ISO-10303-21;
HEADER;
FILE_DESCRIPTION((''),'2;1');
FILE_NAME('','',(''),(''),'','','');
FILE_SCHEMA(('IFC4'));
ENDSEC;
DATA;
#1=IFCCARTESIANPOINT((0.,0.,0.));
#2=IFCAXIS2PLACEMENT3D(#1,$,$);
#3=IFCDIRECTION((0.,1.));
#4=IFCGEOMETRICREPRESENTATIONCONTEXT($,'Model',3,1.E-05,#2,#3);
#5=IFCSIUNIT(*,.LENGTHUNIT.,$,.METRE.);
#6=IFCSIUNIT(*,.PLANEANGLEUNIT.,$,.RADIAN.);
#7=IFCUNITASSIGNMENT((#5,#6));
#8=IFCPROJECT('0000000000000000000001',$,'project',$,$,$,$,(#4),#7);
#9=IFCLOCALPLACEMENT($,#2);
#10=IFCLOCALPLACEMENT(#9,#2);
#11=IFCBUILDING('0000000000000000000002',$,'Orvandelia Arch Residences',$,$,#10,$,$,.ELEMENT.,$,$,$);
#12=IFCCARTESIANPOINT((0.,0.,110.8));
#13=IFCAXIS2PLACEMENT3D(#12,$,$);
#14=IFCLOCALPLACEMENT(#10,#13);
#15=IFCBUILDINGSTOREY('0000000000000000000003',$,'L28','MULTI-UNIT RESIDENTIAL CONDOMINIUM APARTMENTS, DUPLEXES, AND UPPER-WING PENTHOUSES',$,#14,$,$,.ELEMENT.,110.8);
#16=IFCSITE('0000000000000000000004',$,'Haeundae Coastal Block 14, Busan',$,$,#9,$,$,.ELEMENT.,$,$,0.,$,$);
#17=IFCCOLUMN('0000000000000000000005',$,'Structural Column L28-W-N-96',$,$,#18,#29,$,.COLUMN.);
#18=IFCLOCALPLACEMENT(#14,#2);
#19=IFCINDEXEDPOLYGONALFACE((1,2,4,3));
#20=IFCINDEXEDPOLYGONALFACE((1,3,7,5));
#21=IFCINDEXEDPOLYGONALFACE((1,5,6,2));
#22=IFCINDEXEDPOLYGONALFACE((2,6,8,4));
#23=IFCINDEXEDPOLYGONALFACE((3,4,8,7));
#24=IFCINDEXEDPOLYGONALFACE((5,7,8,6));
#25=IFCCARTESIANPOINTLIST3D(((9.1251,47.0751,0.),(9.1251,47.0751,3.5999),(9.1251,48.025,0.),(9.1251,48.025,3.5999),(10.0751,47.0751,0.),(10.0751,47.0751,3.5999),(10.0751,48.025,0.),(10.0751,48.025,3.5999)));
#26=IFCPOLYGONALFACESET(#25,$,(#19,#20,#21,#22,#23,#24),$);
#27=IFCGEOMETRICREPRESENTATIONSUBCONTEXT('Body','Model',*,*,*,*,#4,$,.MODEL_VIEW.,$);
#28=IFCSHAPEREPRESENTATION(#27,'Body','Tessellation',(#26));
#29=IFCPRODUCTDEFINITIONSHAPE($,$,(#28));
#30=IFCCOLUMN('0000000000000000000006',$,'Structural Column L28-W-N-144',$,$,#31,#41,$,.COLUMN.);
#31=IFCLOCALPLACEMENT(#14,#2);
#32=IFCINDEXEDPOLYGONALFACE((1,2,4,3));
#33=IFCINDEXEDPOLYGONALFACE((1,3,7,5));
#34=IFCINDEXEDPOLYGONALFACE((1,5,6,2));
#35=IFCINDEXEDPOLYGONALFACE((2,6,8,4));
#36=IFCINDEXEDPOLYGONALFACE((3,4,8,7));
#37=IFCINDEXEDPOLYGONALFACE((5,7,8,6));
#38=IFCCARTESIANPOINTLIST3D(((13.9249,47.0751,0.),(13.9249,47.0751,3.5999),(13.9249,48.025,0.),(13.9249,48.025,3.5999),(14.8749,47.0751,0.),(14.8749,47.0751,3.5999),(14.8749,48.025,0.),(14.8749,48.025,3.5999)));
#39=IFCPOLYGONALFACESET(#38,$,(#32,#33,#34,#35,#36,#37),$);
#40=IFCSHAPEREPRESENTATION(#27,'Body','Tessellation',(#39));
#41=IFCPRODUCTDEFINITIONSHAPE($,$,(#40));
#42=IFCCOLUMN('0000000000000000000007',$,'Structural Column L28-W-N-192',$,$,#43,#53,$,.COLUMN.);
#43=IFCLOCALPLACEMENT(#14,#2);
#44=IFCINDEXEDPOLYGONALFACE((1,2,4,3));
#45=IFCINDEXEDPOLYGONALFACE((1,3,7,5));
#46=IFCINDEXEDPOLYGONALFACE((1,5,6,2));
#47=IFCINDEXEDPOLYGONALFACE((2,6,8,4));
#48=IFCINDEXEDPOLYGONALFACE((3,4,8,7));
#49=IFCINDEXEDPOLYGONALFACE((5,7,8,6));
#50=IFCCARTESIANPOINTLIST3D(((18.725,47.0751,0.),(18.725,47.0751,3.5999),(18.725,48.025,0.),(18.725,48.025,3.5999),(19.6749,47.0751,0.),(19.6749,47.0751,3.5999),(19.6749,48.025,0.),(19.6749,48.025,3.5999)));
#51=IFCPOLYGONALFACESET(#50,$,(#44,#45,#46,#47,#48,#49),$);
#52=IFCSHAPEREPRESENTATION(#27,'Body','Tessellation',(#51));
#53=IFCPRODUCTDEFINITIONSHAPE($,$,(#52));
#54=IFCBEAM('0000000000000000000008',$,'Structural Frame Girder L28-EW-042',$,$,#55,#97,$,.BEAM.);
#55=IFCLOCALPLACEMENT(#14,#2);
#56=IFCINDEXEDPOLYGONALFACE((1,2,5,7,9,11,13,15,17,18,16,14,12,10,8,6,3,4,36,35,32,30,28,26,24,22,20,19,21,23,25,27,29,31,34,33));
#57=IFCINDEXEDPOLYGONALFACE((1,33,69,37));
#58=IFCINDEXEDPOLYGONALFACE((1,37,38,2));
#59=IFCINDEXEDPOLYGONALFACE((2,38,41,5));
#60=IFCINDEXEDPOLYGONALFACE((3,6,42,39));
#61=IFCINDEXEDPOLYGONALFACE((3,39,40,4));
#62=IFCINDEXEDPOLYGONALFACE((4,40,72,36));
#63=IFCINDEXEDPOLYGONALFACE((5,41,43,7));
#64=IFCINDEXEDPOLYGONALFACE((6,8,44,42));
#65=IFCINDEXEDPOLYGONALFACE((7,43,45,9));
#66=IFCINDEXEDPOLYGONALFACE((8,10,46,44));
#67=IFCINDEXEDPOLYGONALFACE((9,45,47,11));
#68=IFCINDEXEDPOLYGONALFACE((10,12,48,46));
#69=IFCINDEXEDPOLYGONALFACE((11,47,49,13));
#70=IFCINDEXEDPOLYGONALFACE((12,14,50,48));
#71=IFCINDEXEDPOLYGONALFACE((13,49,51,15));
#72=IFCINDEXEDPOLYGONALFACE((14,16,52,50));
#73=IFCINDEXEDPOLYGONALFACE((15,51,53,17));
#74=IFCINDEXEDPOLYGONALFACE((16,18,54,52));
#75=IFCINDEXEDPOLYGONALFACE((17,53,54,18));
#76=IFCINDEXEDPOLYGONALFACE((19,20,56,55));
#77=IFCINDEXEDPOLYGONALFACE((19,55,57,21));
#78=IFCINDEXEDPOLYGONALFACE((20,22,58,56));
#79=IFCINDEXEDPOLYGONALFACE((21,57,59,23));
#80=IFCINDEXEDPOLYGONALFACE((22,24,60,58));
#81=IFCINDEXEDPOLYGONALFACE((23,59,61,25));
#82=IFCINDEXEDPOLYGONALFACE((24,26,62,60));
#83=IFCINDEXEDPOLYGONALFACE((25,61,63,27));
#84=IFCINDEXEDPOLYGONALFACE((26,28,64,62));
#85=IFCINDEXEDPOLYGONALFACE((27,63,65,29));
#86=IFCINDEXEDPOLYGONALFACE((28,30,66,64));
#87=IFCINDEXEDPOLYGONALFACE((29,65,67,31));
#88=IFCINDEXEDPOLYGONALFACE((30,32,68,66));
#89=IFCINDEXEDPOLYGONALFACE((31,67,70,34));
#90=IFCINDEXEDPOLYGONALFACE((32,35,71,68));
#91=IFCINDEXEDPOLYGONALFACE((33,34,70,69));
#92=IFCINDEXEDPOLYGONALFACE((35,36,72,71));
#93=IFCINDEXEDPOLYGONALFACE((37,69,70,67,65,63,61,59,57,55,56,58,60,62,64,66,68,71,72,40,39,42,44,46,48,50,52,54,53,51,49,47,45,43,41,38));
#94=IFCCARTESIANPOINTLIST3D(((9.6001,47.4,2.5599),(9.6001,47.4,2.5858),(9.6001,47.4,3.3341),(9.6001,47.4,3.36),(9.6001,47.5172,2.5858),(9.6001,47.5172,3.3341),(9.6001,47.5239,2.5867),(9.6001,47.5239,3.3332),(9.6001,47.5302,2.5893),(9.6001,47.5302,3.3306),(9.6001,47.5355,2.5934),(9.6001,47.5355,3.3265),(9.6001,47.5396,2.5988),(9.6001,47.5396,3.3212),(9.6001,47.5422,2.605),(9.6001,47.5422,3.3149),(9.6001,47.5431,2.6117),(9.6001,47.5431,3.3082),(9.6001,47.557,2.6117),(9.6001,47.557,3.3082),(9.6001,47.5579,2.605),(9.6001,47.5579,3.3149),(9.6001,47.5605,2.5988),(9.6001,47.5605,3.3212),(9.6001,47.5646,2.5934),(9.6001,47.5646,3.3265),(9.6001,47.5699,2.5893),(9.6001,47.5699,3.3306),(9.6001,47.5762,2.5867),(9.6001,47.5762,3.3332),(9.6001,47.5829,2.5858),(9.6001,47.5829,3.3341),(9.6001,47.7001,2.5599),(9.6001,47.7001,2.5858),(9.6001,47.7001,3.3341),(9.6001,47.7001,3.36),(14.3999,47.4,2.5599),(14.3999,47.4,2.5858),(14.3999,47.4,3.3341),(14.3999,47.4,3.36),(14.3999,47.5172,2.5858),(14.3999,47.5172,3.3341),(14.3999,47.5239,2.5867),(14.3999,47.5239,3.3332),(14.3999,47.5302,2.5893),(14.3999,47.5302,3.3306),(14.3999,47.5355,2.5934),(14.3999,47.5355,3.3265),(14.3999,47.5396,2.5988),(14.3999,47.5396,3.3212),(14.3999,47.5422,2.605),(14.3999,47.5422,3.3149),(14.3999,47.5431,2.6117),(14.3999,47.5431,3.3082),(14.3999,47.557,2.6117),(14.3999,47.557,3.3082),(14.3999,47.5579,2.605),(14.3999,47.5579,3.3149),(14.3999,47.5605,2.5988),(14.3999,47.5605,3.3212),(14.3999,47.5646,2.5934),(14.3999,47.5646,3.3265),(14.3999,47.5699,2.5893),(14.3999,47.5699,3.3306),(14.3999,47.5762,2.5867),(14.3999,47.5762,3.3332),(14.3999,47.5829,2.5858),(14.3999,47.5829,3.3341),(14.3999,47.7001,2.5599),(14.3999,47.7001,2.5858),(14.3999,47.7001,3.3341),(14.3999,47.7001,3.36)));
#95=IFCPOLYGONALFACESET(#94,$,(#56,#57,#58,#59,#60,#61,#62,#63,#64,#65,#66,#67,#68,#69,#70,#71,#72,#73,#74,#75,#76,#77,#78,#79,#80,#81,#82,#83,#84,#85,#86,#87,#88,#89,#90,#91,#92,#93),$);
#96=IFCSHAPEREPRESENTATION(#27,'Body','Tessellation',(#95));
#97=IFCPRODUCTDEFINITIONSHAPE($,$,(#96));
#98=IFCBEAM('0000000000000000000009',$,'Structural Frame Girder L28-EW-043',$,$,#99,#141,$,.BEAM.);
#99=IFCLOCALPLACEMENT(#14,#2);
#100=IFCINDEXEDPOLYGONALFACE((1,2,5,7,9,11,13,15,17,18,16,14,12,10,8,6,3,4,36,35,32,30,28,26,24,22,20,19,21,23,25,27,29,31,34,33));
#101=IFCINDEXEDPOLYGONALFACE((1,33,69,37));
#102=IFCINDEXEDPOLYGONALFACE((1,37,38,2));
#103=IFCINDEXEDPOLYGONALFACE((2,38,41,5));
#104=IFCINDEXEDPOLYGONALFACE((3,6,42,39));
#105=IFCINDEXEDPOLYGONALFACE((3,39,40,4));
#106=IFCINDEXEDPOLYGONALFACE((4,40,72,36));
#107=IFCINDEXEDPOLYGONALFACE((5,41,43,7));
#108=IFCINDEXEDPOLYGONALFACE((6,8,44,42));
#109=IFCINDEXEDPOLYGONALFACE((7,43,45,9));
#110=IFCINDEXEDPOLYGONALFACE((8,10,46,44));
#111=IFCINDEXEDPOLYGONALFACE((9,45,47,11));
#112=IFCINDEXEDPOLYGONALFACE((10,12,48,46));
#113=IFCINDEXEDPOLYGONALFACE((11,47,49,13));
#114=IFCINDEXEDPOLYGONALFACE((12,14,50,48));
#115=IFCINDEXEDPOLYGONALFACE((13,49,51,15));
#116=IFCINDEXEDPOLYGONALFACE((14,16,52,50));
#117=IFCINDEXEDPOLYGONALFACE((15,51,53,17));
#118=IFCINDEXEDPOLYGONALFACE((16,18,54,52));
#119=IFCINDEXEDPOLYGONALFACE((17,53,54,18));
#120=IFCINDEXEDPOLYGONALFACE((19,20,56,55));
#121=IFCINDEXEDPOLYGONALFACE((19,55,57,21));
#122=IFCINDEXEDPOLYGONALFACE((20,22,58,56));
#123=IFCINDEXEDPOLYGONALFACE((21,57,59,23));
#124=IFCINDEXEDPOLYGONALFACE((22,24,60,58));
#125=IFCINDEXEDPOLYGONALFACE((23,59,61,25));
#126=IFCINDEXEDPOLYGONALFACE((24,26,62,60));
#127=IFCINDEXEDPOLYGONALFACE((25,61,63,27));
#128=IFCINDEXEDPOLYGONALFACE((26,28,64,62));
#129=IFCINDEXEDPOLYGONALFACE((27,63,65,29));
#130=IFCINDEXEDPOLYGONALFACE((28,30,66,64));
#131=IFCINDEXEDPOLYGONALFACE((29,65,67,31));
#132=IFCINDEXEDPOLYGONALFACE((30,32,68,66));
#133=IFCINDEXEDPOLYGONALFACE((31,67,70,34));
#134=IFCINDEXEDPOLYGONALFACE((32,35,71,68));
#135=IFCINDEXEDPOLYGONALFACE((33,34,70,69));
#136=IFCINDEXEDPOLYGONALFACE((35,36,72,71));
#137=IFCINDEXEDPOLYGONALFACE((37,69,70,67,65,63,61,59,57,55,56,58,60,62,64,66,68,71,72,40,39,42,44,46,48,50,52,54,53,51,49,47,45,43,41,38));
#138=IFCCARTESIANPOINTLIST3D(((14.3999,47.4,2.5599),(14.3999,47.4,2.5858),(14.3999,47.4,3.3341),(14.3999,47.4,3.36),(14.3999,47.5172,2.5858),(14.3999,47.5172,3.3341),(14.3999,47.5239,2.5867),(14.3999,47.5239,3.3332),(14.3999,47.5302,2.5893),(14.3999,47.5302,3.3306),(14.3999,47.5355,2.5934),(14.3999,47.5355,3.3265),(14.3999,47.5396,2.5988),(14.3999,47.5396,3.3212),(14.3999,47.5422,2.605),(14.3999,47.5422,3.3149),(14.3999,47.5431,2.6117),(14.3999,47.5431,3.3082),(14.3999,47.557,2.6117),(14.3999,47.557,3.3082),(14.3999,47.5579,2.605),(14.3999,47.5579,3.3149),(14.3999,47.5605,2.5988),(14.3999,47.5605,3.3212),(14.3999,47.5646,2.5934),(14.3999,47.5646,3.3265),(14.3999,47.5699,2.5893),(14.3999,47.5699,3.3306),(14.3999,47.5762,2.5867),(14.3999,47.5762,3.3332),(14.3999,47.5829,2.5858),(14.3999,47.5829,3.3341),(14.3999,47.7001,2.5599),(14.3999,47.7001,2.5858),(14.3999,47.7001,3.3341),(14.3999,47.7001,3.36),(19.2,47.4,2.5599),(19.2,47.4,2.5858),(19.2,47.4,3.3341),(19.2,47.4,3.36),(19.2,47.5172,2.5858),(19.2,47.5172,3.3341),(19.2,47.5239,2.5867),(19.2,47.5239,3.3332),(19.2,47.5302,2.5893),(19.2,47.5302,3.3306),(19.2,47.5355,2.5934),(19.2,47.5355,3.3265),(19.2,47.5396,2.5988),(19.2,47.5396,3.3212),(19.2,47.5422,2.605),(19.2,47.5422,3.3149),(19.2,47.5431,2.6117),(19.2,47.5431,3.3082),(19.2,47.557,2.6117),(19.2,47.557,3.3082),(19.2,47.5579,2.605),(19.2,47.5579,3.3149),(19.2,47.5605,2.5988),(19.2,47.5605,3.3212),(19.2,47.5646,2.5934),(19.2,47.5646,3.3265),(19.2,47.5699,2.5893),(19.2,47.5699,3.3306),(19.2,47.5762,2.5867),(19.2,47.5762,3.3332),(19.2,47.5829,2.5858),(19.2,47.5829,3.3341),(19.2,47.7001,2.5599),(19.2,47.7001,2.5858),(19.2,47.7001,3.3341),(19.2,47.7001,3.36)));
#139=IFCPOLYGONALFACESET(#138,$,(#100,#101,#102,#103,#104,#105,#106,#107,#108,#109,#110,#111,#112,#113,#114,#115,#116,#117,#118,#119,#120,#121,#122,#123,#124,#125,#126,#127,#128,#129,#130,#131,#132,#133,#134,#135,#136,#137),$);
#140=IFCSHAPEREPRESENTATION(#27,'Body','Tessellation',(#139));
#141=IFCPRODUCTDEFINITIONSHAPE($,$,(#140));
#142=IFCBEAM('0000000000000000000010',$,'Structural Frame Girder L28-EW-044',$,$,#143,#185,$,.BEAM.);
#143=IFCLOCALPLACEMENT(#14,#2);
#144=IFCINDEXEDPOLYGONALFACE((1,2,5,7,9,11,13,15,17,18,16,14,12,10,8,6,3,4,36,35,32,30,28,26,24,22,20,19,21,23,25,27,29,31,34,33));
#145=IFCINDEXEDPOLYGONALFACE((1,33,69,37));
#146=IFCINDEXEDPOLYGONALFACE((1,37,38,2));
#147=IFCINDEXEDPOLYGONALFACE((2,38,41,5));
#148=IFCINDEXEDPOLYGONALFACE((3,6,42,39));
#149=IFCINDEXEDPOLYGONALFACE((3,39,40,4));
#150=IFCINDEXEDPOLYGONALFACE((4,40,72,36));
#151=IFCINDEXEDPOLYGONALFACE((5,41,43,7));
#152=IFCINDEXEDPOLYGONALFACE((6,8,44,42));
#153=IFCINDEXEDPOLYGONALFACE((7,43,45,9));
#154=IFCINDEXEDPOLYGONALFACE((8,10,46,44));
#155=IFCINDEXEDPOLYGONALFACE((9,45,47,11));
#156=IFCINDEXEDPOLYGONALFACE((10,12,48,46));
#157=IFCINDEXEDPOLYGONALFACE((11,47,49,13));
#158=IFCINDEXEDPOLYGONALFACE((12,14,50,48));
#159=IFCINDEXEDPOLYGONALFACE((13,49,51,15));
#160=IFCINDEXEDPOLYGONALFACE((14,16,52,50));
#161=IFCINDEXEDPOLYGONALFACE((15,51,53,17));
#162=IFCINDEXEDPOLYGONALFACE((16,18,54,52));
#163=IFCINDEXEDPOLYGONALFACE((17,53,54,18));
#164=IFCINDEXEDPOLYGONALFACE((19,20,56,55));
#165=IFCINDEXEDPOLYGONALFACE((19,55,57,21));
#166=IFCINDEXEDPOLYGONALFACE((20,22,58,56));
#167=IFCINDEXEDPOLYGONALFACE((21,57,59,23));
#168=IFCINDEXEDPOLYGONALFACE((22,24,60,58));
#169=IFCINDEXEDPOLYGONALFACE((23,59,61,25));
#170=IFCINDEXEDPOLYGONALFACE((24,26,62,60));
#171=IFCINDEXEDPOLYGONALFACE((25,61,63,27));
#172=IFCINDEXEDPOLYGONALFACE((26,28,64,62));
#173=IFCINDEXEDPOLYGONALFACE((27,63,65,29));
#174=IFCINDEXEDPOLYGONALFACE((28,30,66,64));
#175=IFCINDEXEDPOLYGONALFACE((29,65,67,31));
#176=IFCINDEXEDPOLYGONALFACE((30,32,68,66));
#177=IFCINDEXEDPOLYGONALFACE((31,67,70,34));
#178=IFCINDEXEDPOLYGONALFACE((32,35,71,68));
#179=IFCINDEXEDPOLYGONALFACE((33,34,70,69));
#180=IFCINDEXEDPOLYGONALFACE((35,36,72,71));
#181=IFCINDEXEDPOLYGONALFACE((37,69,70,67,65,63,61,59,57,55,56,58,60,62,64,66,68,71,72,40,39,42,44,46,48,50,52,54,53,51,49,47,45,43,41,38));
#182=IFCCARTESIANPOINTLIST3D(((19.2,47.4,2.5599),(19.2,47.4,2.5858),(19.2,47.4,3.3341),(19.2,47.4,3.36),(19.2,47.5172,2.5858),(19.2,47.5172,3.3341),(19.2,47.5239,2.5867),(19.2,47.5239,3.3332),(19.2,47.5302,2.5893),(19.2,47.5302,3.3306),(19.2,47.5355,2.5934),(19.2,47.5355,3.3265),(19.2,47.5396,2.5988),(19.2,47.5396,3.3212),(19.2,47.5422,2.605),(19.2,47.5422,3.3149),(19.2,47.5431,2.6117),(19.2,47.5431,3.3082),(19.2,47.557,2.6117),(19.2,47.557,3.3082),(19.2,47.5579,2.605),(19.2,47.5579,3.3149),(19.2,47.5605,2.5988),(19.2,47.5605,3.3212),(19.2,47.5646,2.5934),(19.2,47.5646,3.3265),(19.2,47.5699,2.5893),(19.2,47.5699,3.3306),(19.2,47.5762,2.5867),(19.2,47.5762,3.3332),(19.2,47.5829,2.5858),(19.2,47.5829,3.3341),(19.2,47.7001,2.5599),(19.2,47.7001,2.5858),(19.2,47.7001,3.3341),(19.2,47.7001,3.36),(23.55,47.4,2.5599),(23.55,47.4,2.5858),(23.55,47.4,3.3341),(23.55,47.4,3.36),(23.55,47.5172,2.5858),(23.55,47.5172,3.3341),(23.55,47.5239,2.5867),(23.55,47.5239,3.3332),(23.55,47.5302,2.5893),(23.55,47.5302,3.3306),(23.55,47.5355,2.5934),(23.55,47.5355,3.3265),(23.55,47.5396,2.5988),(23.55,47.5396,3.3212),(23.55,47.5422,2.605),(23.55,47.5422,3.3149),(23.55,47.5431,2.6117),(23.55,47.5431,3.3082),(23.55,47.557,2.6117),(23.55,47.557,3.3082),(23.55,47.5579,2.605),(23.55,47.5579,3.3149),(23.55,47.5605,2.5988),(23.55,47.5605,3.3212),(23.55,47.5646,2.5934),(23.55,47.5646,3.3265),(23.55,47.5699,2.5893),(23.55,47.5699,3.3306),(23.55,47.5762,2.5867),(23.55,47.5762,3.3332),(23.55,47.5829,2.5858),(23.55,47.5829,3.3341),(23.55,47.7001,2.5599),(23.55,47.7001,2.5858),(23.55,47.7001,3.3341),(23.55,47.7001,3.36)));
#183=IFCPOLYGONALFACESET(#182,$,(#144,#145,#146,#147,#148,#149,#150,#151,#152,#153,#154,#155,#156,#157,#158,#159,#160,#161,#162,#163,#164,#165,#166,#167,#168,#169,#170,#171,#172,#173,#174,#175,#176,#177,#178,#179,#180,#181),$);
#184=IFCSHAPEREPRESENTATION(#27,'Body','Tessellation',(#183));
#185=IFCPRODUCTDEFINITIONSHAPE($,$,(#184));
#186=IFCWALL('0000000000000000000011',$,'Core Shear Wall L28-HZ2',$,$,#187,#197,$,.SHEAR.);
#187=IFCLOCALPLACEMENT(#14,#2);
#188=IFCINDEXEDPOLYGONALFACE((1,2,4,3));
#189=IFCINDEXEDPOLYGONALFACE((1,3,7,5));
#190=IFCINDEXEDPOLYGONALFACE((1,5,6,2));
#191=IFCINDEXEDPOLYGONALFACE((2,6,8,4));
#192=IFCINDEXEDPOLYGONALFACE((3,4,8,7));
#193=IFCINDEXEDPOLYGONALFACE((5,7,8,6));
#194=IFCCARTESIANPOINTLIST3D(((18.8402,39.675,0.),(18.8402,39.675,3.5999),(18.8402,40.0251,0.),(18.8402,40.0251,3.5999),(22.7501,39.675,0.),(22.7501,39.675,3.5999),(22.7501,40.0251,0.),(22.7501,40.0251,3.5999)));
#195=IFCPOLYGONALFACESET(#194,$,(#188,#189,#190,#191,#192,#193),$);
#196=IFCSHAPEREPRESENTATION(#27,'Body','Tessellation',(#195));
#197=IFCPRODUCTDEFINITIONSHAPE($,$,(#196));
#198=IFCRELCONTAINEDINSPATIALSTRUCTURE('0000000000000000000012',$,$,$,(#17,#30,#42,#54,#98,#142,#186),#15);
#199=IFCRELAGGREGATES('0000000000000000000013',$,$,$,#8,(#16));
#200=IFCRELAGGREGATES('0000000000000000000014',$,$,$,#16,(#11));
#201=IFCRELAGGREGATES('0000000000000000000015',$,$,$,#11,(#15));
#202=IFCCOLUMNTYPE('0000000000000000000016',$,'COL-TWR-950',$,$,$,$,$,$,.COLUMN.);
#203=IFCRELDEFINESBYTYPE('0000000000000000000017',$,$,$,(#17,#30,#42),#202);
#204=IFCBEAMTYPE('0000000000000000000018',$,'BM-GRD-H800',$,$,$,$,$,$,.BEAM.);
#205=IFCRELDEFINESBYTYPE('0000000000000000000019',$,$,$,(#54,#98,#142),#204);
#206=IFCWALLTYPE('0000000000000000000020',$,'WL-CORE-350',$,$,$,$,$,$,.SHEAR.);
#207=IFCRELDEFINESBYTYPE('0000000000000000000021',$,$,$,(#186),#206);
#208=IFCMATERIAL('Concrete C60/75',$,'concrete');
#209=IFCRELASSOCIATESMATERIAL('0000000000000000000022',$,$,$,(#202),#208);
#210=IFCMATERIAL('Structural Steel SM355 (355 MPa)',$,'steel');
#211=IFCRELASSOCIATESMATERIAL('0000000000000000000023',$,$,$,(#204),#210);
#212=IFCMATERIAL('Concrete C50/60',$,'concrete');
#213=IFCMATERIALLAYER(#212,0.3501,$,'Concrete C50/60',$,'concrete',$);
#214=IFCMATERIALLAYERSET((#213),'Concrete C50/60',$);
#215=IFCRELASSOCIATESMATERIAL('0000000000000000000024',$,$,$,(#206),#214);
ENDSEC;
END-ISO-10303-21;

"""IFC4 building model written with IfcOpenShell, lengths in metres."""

from ifc_helpers import new_model, si_unit, direction, frame, frame_2d, origin, origin_2d, place, context, subcontext, project, spatial, rectangle, i_section, extrude, material, layer, layer_set, material_profile, profile_set, type_object, element, save


model = new_model("IFC4")

# Units and contexts
model_context = context("Model", 3, precision=1e-05, world=origin(), true_north=direction((0.0, 1.0)))
body_context = subcontext(model_context, "Body", "Model", "MODEL_VIEW")
ifc_project = project(units=[si_unit("LENGTHUNIT", "METRE"), si_unit("PLANEANGLEUNIT", "RADIAN")], contexts=[model_context])

# Site, building, storey
site_placement = place(None, origin())
site = spatial("IfcSite", under=ifc_project, at=site_placement, Name="Haeundae Coastal Block 14, Busan", CompositionType="ELEMENT", RefElevation=0.0)
building_placement = place(site_placement, origin())
building = spatial("IfcBuilding", under=site, at=building_placement, Name="Orvandelia Arch Residences", CompositionType="ELEMENT")
storey_placement = place(building_placement, frame((0.0, 0.0, 110.8)))
storey = spatial("IfcBuildingStorey", under=building, at=storey_placement, Name="L28", Description="MULTI-UNIT RESIDENTIAL CONDOMINIUM APARTMENTS, DUPLEXES, AND UPPER-WING PENTHOUSES", CompositionType="ELEMENT", Elevation=110.8)

# Columns
ifc_material_1 = material(Name="Concrete C60/75", Category="concrete")
ifc_material_profile_1 = material_profile(ifc_material_1, rectangle(XDim=0.95, YDim=0.95, at=origin_2d()), Name="Concrete C60/75", Category="concrete")
ifc_profile_set_1 = profile_set([ifc_material_profile_1], Name="Concrete C60/75")
column_type = type_object("IfcColumnType", Name="COL-TWR-950", PredefinedType="COLUMN", material=ifc_profile_set_1)
for number, where, z_axis, x_axis, name in (
    (1, (9.6001, 47.55, 0.0), (0.0, 0.0, 1.0), (1.0, 0.0, 0.0), "Structural Column L28-W-N-96"),
    (2, (14.3999, 47.55, 0.0), (0.0, 0.0, 1.0), (1.0, 0.0, 0.0), "Structural Column L28-W-N-144"),
    (3, (19.2, 47.55, 0.0), (0.0, 0.0, 1.0), (1.0, 0.0, 0.0), "Structural Column L28-W-N-192"),
):
    element("IfcColumn", number, at=place(storey_placement, frame(where, z_axis=z_axis, x_axis=x_axis)), inside=storey, type_object=column_type, Name=name, PredefinedType="COLUMN", context=body_context, shape_type="SweptSolid", body=[
        extrude(rectangle(XDim=0.95, YDim=0.95, at=origin_2d()), origin(), (0.0, 0.0, 1.0), 3.5999),
    ])

# Beams
ifc_material_2 = material(Name="Structural Steel SM355 (355 MPa)", Category="steel")
ifc_material_profile_2 = material_profile(ifc_material_2, i_section(OverallWidth=0.3, OverallDepth=0.8, WebThickness=0.0139, FlangeThickness=0.0259, FilletRadius=0.0259, at=origin_2d()), Name="Structural Steel SM355 (355 MPa)", Category="steel")
ifc_profile_set_2 = profile_set([ifc_material_profile_2], Name="Structural Steel SM355 (355 MPa)")
beam_type = type_object("IfcBeamType", Name="BM-GRD-H800", PredefinedType="BEAM", material=ifc_profile_set_2)
beam_1_placement = place(storey_placement, frame((9.6001, 47.55, 2.96), z_axis=(1.0, 0.0, 0.0), x_axis=(0.0, 1.0, 0.0)))
element("IfcBeam", 4, at=beam_1_placement, inside=storey, type_object=beam_type, Name="Structural Frame Girder L28-EW-042", PredefinedType="BEAM", context=body_context, shape_type="SweptSolid", body=[
    extrude(i_section(OverallWidth=0.3, OverallDepth=0.8, WebThickness=0.0139, FlangeThickness=0.0259, FilletRadius=0.0259, at=origin_2d()), origin(), (0.0, 0.0, 1.0), 4.7998),
])
beam_2_placement = place(storey_placement, frame((14.3999, 47.55, 2.96), z_axis=(1.0, 0.0, 0.0), x_axis=(0.0, 1.0, 0.0)))
element("IfcBeam", 5, at=beam_2_placement, inside=storey, type_object=beam_type, Name="Structural Frame Girder L28-EW-043", PredefinedType="BEAM", context=body_context, shape_type="SweptSolid", body=[
    extrude(i_section(OverallWidth=0.3, OverallDepth=0.8, WebThickness=0.0139, FlangeThickness=0.0259, FilletRadius=0.0259, at=origin_2d()), origin(), (0.0, 0.0, 1.0), 4.8),
])
beam_3_placement = place(storey_placement, frame((19.2, 47.55, 2.96), z_axis=(1.0, 0.0, 0.0), x_axis=(0.0, 1.0, 0.0)))
element("IfcBeam", 6, at=beam_3_placement, inside=storey, type_object=beam_type, Name="Structural Frame Girder L28-EW-044", PredefinedType="BEAM", context=body_context, shape_type="SweptSolid", body=[
    extrude(i_section(OverallWidth=0.3, OverallDepth=0.8, WebThickness=0.0139, FlangeThickness=0.0259, FilletRadius=0.0259, at=origin_2d()), origin(), (0.0, 0.0, 1.0), 4.3501),
])

# Wall
ifc_material_3 = material(Name="Concrete C50/60", Category="concrete")
ifc_layer_1 = layer(ifc_material_3, 0.3501, Name="Concrete C50/60", Category="concrete")
ifc_layer_set_1 = layer_set([ifc_layer_1], Name="Concrete C50/60")
wall_type_1 = type_object("IfcWallType", Name="WL-CORE-350", PredefinedType="SHEAR", material=ifc_layer_set_1)
wall_1_placement = place(storey_placement, frame((18.8401, 39.8501, 0.0), z_axis=(0.0, 0.0, 1.0), x_axis=(1.0, 0.0, 0.0)))
element("IfcWall", 7, at=wall_1_placement, inside=storey, type_object=wall_type_1, Name="Core Shear Wall L28-HZ2", PredefinedType="SHEAR", context=body_context, shape_type="SweptSolid", body=[
    extrude(rectangle(XDim=3.9099, YDim=0.3501, at=frame_2d((1.9551, 0.0))), origin(), (0.0, 0.0, 1.0), 3.5999),
])

save(model, "model.ifc")
